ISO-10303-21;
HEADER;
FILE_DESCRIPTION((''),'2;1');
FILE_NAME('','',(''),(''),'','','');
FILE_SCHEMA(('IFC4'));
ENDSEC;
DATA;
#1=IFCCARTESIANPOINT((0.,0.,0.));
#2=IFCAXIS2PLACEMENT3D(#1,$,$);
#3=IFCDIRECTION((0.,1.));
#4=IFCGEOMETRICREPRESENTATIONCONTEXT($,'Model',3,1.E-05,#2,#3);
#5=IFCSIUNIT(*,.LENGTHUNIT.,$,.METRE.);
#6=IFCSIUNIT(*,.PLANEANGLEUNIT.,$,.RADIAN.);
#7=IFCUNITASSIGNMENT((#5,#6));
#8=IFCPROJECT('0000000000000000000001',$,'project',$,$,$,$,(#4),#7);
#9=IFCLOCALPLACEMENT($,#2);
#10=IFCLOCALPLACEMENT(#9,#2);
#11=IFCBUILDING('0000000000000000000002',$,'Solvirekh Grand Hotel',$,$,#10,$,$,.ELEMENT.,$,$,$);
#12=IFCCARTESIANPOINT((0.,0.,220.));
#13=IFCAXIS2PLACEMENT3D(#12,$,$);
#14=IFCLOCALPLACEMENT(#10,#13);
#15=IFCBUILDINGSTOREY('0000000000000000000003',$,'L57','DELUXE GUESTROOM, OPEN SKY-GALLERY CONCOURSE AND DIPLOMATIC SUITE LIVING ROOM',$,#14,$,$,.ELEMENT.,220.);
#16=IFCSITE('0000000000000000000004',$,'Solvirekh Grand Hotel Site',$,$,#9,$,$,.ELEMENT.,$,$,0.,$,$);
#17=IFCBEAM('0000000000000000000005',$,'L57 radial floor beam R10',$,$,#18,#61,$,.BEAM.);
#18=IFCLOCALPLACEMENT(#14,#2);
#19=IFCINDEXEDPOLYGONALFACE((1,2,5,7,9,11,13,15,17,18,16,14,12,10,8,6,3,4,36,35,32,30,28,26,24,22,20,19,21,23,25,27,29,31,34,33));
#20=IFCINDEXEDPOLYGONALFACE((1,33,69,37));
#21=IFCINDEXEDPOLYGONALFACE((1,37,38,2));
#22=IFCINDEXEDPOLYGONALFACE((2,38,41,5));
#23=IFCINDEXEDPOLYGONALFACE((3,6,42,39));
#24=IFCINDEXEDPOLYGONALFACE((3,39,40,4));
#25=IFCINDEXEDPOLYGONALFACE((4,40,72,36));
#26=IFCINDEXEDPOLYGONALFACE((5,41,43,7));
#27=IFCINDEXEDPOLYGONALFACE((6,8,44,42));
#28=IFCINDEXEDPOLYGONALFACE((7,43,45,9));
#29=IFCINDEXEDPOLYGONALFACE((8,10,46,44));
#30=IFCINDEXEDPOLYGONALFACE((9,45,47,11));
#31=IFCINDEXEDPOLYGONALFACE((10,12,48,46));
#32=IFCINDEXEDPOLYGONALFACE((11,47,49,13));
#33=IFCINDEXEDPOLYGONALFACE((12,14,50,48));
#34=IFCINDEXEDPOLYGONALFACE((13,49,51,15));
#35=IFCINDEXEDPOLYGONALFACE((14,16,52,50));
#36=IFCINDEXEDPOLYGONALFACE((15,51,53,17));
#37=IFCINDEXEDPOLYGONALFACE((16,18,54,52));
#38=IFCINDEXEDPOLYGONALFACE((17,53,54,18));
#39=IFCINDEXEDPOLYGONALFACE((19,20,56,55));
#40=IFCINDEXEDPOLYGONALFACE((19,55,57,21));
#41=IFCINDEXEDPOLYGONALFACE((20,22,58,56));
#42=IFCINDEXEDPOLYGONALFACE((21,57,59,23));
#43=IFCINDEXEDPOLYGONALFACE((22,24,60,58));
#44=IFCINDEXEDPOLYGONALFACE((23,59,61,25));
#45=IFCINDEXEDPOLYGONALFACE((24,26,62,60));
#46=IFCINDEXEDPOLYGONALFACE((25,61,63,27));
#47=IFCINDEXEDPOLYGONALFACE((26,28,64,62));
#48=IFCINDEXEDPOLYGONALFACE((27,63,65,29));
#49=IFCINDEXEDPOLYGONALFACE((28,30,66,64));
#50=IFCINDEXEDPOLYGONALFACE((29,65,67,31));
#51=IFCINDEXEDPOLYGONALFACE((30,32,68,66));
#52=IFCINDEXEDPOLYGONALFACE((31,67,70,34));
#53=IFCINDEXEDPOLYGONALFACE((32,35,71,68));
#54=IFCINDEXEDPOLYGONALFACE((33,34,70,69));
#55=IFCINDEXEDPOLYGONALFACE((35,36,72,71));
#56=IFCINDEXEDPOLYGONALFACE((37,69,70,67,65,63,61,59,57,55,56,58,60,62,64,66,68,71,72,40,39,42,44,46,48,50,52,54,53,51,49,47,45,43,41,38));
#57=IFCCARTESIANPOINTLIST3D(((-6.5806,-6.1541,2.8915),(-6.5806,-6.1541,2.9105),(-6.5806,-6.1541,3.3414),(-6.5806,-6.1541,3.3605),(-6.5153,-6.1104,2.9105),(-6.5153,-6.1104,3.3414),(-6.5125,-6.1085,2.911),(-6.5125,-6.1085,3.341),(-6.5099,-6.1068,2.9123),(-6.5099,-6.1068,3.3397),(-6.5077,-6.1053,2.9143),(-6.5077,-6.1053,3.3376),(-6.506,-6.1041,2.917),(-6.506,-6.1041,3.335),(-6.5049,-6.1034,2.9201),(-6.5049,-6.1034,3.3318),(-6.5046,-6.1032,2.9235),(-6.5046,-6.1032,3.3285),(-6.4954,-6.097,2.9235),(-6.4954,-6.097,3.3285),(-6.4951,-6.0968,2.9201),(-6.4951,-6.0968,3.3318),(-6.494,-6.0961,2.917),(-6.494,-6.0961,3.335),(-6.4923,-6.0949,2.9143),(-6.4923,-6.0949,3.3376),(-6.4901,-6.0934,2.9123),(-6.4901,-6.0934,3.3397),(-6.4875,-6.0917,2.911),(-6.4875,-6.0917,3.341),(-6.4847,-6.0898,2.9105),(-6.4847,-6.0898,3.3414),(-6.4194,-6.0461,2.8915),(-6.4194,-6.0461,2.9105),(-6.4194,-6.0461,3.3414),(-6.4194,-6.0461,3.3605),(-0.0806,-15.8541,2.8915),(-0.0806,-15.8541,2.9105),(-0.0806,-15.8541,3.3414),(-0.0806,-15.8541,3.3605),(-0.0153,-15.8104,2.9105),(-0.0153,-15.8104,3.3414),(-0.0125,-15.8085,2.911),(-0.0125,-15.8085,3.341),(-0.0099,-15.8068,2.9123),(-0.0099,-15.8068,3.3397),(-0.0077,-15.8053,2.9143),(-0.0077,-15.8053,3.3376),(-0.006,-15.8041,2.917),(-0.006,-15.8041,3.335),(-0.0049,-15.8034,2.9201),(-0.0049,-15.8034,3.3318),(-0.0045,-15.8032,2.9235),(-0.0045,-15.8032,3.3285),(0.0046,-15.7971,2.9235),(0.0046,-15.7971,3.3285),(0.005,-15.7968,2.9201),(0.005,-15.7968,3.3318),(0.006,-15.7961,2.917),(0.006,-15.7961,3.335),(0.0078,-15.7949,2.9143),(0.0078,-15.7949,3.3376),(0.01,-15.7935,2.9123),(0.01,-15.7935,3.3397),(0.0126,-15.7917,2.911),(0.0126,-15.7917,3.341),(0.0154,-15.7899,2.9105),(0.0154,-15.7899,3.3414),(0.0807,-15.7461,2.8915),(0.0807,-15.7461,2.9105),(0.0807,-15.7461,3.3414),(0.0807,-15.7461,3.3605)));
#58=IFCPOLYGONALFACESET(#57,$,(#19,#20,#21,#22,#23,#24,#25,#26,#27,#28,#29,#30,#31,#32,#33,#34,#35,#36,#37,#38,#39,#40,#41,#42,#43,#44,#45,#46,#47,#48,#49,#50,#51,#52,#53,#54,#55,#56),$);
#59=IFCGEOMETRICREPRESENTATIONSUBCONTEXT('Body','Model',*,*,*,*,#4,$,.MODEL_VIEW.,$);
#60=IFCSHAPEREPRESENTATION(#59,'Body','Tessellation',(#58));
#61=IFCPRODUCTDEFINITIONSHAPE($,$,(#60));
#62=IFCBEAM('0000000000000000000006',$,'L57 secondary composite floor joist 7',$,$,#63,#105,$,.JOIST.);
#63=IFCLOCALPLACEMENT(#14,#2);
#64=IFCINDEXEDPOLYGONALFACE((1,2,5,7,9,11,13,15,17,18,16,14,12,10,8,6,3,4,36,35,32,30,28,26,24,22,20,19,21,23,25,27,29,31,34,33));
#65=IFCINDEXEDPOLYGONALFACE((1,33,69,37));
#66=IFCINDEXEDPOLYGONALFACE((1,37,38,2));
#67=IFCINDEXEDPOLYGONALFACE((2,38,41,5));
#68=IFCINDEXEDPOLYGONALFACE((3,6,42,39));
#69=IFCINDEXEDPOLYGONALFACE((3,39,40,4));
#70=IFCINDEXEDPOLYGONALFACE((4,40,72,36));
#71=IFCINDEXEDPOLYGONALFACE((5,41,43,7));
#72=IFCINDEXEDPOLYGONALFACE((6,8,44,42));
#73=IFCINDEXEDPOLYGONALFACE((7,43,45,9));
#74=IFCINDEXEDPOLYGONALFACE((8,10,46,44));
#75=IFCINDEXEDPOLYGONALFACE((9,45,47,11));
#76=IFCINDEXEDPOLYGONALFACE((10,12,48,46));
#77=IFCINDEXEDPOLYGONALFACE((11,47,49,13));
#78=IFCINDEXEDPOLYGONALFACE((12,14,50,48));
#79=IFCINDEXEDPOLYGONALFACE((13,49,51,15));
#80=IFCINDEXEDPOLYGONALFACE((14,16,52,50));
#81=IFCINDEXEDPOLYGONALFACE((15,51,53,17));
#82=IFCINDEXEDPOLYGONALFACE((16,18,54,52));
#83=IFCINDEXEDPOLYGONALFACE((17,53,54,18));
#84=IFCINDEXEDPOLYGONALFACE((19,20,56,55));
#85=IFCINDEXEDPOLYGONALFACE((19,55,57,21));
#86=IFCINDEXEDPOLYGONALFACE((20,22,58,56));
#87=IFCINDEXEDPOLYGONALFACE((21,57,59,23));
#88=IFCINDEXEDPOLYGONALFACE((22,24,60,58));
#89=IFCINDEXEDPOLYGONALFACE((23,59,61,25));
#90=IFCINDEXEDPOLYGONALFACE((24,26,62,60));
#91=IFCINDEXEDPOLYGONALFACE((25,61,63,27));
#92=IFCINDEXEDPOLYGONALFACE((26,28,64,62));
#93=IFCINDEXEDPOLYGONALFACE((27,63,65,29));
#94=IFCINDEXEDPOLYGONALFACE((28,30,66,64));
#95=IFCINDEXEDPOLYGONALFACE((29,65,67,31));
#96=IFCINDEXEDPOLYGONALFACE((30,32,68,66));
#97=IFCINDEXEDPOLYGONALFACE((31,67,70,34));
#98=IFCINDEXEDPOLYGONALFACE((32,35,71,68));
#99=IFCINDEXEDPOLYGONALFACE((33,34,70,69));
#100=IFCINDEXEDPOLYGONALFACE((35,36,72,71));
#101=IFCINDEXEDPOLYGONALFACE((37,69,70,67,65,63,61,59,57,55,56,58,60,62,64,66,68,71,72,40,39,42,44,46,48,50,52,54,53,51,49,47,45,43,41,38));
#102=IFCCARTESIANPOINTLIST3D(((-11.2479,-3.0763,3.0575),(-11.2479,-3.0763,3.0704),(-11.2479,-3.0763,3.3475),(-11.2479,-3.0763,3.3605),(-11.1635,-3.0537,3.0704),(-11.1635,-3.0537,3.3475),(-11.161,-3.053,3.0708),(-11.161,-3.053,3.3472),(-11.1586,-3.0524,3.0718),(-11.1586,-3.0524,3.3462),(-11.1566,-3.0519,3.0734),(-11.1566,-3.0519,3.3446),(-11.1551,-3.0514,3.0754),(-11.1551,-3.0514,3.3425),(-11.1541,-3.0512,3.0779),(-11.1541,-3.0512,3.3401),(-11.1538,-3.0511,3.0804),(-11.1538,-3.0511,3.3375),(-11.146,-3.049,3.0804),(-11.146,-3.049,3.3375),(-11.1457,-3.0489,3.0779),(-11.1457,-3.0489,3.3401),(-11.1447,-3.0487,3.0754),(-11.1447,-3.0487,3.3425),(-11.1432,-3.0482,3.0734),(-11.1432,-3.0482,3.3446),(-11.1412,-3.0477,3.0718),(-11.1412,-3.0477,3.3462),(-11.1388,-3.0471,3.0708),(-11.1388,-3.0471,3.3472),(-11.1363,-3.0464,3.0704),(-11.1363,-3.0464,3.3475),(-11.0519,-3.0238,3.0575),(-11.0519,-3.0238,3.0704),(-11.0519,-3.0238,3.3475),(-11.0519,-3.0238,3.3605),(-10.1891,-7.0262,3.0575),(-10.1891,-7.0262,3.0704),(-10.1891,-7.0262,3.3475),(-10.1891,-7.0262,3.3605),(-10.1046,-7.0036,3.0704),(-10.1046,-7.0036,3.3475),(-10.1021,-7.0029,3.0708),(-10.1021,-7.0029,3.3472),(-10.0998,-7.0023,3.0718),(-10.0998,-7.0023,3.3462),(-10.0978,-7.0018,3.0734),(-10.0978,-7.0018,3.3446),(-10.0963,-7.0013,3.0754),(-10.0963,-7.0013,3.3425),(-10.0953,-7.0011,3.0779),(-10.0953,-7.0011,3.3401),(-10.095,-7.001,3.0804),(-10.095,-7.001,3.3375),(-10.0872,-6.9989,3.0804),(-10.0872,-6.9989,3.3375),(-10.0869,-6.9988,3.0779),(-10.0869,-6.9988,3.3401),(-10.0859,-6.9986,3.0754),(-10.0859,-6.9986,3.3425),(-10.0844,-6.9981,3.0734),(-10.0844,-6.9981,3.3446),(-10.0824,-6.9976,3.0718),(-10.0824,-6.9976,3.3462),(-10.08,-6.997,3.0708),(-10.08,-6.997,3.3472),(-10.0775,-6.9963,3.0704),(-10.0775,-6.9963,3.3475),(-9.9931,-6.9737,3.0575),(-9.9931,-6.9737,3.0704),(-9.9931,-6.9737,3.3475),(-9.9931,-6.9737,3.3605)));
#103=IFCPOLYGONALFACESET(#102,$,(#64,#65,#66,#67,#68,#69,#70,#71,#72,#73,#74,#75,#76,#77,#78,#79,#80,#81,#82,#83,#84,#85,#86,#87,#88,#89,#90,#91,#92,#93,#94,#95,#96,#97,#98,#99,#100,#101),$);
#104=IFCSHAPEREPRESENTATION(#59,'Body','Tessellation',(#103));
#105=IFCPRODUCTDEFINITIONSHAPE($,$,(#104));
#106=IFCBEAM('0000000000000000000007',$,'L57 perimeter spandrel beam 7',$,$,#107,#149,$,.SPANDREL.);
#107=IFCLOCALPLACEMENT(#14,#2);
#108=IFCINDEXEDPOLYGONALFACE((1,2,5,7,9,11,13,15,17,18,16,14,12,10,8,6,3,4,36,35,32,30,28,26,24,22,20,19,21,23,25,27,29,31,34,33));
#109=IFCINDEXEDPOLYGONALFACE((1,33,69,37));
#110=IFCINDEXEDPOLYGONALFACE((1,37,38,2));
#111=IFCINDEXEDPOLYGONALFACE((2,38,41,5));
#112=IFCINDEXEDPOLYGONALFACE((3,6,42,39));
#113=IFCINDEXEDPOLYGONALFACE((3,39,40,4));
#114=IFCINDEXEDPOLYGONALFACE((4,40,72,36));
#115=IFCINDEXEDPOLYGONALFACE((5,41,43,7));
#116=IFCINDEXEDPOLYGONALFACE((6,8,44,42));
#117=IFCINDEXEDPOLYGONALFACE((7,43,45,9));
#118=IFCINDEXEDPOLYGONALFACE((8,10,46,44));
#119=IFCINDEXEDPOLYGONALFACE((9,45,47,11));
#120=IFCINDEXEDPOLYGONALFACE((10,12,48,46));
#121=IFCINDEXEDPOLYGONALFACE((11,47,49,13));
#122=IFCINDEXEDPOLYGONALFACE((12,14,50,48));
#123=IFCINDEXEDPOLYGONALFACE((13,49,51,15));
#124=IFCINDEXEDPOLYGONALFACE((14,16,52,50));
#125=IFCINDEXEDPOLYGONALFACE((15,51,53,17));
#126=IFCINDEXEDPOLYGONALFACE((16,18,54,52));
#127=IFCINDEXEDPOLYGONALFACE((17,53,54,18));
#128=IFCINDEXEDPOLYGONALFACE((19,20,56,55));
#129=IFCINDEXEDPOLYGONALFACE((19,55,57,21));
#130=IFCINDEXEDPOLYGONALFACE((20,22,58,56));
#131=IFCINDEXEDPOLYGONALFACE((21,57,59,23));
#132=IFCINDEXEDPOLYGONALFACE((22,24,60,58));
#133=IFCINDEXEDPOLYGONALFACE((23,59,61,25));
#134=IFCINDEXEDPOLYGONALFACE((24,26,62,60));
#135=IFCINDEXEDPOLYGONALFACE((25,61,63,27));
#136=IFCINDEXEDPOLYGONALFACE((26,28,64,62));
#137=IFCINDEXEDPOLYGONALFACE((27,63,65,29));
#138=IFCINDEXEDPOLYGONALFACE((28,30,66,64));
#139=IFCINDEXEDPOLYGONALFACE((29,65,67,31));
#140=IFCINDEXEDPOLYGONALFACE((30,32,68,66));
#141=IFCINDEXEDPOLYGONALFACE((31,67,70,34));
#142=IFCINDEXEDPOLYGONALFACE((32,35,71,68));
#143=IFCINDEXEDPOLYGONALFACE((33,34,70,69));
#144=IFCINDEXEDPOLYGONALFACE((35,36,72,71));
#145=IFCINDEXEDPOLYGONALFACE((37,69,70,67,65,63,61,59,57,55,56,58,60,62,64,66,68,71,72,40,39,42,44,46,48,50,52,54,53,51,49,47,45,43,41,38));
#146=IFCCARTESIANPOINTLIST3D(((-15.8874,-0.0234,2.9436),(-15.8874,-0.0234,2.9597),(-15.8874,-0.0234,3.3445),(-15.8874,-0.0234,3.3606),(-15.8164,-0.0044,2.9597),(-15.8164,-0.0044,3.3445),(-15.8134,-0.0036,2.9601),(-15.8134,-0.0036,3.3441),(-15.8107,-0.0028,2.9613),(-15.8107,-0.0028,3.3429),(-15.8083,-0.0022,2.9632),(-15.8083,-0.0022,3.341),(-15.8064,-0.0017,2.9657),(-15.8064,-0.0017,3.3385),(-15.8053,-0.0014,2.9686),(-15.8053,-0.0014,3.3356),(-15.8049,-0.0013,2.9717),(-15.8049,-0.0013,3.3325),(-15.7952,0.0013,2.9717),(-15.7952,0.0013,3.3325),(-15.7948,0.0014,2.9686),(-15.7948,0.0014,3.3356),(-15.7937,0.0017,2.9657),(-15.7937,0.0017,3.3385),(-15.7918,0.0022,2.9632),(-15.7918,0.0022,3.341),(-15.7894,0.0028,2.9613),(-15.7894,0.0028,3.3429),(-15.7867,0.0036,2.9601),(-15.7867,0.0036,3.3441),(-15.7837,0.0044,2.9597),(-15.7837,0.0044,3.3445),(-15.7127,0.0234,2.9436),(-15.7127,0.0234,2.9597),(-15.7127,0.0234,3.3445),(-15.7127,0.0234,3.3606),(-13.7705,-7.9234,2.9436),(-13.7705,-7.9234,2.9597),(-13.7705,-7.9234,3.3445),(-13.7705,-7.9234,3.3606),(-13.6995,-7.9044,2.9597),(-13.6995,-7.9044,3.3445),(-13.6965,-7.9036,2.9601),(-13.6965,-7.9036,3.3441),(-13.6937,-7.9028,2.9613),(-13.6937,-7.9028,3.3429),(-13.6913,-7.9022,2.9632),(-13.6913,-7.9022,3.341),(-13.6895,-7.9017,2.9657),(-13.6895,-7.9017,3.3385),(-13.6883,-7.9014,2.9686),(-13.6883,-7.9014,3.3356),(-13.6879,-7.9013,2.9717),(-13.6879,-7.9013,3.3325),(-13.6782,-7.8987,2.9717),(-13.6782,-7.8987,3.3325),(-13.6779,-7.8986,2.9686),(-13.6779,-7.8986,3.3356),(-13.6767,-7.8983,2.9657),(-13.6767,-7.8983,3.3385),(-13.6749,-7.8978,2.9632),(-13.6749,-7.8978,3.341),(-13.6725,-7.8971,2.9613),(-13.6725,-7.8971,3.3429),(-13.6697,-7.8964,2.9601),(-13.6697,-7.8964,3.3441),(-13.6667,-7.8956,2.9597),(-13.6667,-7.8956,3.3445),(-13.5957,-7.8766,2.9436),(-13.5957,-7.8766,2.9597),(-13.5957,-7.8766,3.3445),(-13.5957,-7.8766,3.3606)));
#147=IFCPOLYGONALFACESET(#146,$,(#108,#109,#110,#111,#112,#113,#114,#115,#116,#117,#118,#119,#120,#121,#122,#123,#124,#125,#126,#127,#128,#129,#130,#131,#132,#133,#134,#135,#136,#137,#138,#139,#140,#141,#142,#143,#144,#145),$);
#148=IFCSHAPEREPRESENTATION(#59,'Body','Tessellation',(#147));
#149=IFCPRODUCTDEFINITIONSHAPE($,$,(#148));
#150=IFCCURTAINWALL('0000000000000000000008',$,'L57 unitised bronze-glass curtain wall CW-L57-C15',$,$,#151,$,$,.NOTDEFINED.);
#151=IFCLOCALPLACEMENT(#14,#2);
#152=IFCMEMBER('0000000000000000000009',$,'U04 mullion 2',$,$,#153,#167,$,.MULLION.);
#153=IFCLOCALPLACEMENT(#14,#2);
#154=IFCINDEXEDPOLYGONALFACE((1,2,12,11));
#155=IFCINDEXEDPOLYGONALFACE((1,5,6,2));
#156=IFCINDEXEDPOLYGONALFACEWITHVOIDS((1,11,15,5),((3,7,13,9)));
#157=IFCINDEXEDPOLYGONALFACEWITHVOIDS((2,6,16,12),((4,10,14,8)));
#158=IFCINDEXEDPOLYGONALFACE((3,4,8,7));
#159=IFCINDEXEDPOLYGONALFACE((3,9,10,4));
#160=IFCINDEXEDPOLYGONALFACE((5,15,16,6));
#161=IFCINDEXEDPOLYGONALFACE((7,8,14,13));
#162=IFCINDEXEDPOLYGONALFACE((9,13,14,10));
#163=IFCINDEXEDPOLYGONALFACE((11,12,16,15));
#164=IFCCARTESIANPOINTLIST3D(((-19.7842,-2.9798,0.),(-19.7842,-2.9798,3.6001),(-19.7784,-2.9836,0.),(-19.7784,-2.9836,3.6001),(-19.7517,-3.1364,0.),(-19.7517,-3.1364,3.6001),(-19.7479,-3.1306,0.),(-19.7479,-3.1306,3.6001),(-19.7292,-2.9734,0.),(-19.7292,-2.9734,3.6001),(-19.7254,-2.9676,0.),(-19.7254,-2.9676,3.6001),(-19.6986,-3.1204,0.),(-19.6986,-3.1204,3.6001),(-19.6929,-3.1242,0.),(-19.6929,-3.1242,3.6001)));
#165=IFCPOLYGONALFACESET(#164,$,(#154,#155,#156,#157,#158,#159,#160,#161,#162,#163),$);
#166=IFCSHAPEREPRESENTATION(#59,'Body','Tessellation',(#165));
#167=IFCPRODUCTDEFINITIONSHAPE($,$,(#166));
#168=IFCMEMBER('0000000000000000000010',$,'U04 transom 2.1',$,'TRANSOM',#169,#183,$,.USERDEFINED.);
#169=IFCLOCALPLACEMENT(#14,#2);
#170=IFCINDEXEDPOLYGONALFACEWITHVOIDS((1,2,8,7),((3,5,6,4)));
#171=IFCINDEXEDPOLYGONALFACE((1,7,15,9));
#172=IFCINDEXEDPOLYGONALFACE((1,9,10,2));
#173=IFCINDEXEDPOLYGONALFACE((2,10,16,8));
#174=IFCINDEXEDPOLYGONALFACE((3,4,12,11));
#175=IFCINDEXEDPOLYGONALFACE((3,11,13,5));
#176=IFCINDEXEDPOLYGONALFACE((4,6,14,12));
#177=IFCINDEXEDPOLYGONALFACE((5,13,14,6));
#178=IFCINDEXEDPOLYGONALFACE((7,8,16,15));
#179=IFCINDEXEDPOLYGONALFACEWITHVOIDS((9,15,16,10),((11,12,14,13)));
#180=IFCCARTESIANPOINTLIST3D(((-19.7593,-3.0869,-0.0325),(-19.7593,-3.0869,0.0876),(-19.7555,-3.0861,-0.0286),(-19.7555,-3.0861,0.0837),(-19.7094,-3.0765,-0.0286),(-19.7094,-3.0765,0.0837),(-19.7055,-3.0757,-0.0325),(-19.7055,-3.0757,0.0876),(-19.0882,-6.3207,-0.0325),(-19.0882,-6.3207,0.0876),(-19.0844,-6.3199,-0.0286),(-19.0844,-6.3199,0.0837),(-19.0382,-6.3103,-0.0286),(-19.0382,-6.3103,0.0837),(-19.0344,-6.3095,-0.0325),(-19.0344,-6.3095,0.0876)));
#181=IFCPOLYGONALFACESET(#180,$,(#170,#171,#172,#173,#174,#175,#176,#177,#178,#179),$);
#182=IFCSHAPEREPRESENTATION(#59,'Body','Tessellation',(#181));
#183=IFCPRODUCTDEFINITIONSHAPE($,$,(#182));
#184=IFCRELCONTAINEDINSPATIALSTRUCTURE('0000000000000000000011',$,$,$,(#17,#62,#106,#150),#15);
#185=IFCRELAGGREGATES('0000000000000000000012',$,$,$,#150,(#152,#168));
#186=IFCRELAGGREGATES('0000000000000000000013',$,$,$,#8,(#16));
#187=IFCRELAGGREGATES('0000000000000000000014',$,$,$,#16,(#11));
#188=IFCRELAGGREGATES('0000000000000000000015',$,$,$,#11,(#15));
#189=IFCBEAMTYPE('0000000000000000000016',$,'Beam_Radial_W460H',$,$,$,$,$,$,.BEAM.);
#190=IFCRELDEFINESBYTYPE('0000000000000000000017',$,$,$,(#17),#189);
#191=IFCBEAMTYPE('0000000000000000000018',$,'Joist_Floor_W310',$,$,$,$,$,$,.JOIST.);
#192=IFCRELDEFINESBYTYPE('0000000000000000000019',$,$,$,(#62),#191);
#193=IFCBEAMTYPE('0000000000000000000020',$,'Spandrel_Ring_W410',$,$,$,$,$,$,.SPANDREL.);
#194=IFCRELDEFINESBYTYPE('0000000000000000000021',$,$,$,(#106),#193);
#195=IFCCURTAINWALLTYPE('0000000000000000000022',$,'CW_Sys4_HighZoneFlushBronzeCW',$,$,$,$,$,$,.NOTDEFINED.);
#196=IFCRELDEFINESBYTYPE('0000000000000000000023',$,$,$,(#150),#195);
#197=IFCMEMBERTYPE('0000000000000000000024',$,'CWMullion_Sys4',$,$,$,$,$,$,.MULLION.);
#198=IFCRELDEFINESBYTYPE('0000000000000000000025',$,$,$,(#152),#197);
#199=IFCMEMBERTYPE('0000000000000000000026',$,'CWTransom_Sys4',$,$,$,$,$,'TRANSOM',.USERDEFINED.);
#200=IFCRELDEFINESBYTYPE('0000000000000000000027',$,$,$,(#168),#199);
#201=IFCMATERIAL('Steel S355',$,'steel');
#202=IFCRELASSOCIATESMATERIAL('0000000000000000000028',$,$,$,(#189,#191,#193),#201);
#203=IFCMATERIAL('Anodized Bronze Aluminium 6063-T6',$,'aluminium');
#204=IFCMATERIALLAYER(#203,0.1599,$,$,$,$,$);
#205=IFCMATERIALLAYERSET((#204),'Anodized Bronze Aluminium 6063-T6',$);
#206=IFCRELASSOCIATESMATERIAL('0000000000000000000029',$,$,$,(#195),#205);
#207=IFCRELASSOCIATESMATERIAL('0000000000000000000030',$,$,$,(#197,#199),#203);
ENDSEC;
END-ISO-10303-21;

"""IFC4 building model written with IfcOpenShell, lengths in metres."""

from ifc_helpers import new_model, si_unit, direction, frame, origin, origin_2d, place, context, subcontext, project, spatial, hollow_rectangle, i_section, extrude, source, transform, mapped, material, layer, layer_set, material_profile, profile_set, type_object, element, aggregate, save


model = new_model("IFC4")

# Units and contexts
model_context = context("Model", 3, precision=1e-05, world=origin(), true_north=direction((0.0, 1.0)))
body_context = subcontext(model_context, "Body", "Model", "MODEL_VIEW")
ifc_project = project(units=[si_unit("LENGTHUNIT", "METRE"), si_unit("PLANEANGLEUNIT", "RADIAN")], contexts=[model_context])

# Site, building, storey
site_placement = place(None, origin())
site = spatial("IfcSite", under=ifc_project, at=site_placement, Name="Solvirekh Grand Hotel Site", CompositionType="ELEMENT", RefElevation=0.0)
building_placement = place(site_placement, origin())
building = spatial("IfcBuilding", under=site, at=building_placement, Name="Solvirekh Grand Hotel", CompositionType="ELEMENT")
storey_placement = place(building_placement, frame((0.0, 0.0, 220.0)))
storey = spatial("IfcBuildingStorey", under=building, at=storey_placement, Name="L57", Description="DELUXE GUESTROOM, OPEN SKY-GALLERY CONCOURSE AND DIPLOMATIC SUITE LIVING ROOM", CompositionType="ELEMENT", Elevation=220.0)

# Beams
ifc_material_1 = material(Name="Steel S355", Category="steel")
ifc_material_profile_1 = material_profile(ifc_material_1, i_section(OverallWidth=0.1941, OverallDepth=0.469, WebThickness=0.011, FlangeThickness=0.019, FilletRadius=0.0129, at=origin_2d()), Name="W460X106")
ifc_profile_set_1 = profile_set([ifc_material_profile_1], Name="Steel S355")
beam_type_1 = type_object("IfcBeamType", Name="Beam_Radial_W460H", PredefinedType="BEAM", material=ifc_profile_set_1)
beam_1_placement = place(storey_placement, frame((-6.5, -6.1001, 3.126), z_axis=(0.556677, -0.830729, 0.0), x_axis=(0.830729, 0.556677, 0.0)))
element("IfcBeam", 1, at=beam_1_placement, inside=storey, type_object=beam_type_1, Name="L57 radial floor beam R10", PredefinedType="BEAM", context=body_context, shape_type="SweptSolid", body=[
    extrude(i_section(OverallWidth=0.1941, OverallDepth=0.469, WebThickness=0.011, FlangeThickness=0.019, FilletRadius=0.0129, at=origin_2d()), origin(), (0.0, 0.0, 1.0), 11.6765),
])
ifc_material_profile_2 = material_profile(ifc_material_1, i_section(OverallWidth=0.2029, OverallDepth=0.303, WebThickness=0.0081, FlangeThickness=0.0129, FilletRadius=0.01, at=origin_2d()), Name="W310X60")
ifc_profile_set_2 = profile_set([ifc_material_profile_2], Name="Steel S355")
beam_type_2 = type_object("IfcBeamType", Name="Joist_Floor_W310", PredefinedType="JOIST", material=ifc_profile_set_2)
beam_2_placement = place(storey_placement, frame((-11.1499, -3.05, 3.209), z_axis=(0.258922, -0.965898, 0.0), x_axis=(0.965898, 0.258922, 0.0)))
element("IfcBeam", 2, at=beam_2_placement, inside=storey, type_object=beam_type_2, Name="L57 secondary composite floor joist 7", PredefinedType="JOIST", context=body_context, shape_type="SweptSolid", body=[
    extrude(i_section(OverallWidth=0.2029, OverallDepth=0.303, WebThickness=0.0081, FlangeThickness=0.0129, FilletRadius=0.01, at=origin_2d()), origin(), (0.0, 0.0, 1.0), 4.0894),
])
ifc_material_profile_3 = material_profile(ifc_material_1, i_section(OverallWidth=0.1809, OverallDepth=0.417, WebThickness=0.01, FlangeThickness=0.0161, FilletRadius=0.012, at=origin_2d()), Name="W410X85")
ifc_profile_set_3 = profile_set([ifc_material_profile_3], Name="Steel S355")
beam_type_3 = type_object("IfcBeamType", Name="Spandrel_Ring_W410", PredefinedType="SPANDREL", material=ifc_profile_set_3)
beam_3_placement = place(storey_placement, frame((-15.8, 0.0, 3.1521), z_axis=(0.258839, -0.965921, 0.0), x_axis=(0.965921, 0.258839, 0.0)))
element("IfcBeam", 3, at=beam_3_placement, inside=storey, type_object=beam_type_3, Name="L57 perimeter spandrel beam 7", PredefinedType="SPANDREL", context=body_context, shape_type="SweptSolid", body=[
    extrude(i_section(OverallWidth=0.1809, OverallDepth=0.417, WebThickness=0.01, FlangeThickness=0.0161, FilletRadius=0.012, at=origin_2d()), origin(), (0.0, 0.0, 1.0), 8.1787),
])

# Curtain wall, members
ifc_material_2 = material(Name="Anodized Bronze Aluminium 6063-T6", Category="aluminium")
ifc_layer_1 = layer(ifc_material_2, 0.1599)
ifc_layer_set_1 = layer_set([ifc_layer_1], Name="Anodized Bronze Aluminium 6063-T6")
curtain_wall_type = type_object("IfcCurtainWallType", Name="CW_Sys4_HighZoneFlushBronzeCW", PredefinedType="NOTDEFINED", material=ifc_layer_set_1)
curtain_wall_placement = place(storey_placement, origin())
curtain_wall = element("IfcCurtainWall", 4, at=curtain_wall_placement, inside=storey, type_object=curtain_wall_type, Name="L57 unitised bronze-glass curtain wall CW-L57-C15", PredefinedType="NOTDEFINED")
ifc_material_profile_4 = material_profile(ifc_material_2, hollow_rectangle(XDim=0.0601, YDim=0.1599, WallThickness=0.0049, at=origin_2d()), Name="ALU RHS 160X60X5")
ifc_profile_set_4 = profile_set([ifc_material_profile_4], Name="Anodized Bronze Aluminium 6063-T6")
member_type_1 = type_object("IfcMemberType", Name="CWMullion_Sys4", PredefinedType="MULLION", material=ifc_profile_set_4)
shared_shape_1 = source(origin(), body_context, "Body", "SweptSolid", [
    extrude(hollow_rectangle(XDim=0.0601, YDim=0.1599, WallThickness=0.0049, at=origin_2d()), origin(), (0.0, 0.0, 1.0), 3.6001),
])
member_1_placement = place(storey_placement, frame((-19.7385, -3.052, 0.0), z_axis=(0.0, 0.0, 1.0), x_axis=(0.979132, 0.203224, 0.0)))
member_1 = element("IfcMember", 5, at=member_1_placement, type_object=member_type_1, Name="U04 mullion 2", PredefinedType="MULLION", context=body_context, shape_type="MappedRepresentation", body=[
    mapped(shared_shape_1, transform((0.0, 0.0, 0.0), x_axis=(1.0, 0.0, 0.0), y_axis=(0.0, 1.0, 0.0), z_axis=(0.0, 0.0, 1.0), scale=1.0)),
])
ifc_material_profile_5 = material_profile(ifc_material_2, hollow_rectangle(XDim=0.0549, YDim=0.1201, WallThickness=0.0039, at=origin_2d()), Name="ALU RHS 120X55X4")
ifc_profile_set_5 = profile_set([ifc_material_profile_5], Name="Anodized Bronze Aluminium 6063-T6")
member_type_2 = type_object("IfcMemberType", Name="CWTransom_Sys4", ElementType="TRANSOM", PredefinedType="USERDEFINED", material=ifc_profile_set_5)
shared_shape_2 = source(origin(), body_context, "Body", "SweptSolid", [
    extrude(hollow_rectangle(XDim=0.0549, YDim=0.1201, WallThickness=0.0039, at=origin_2d()), origin(), (0.0, 0.0, 1.0), 3.3027),
])
member_2_placement = place(storey_placement, frame((-19.7324, -3.0813, 0.0276), z_axis=(0.203204, -0.979136, 0.0), x_axis=(0.979136, 0.203204, 0.0)))
member_2 = element("IfcMember", 6, at=member_2_placement, type_object=member_type_2, Name="U04 transom 2.1", ObjectType="TRANSOM", PredefinedType="USERDEFINED", context=body_context, shape_type="MappedRepresentation", body=[
    mapped(shared_shape_2, transform((0.0, 0.0, 0.0), x_axis=(1.0, 0.0, 0.0), y_axis=(0.0, 1.0, 0.0), z_axis=(0.0, 0.0, 1.0), scale=1.0)),
])

aggregate(curtain_wall, [member_1, member_2])

save(model, "model.ifc")
